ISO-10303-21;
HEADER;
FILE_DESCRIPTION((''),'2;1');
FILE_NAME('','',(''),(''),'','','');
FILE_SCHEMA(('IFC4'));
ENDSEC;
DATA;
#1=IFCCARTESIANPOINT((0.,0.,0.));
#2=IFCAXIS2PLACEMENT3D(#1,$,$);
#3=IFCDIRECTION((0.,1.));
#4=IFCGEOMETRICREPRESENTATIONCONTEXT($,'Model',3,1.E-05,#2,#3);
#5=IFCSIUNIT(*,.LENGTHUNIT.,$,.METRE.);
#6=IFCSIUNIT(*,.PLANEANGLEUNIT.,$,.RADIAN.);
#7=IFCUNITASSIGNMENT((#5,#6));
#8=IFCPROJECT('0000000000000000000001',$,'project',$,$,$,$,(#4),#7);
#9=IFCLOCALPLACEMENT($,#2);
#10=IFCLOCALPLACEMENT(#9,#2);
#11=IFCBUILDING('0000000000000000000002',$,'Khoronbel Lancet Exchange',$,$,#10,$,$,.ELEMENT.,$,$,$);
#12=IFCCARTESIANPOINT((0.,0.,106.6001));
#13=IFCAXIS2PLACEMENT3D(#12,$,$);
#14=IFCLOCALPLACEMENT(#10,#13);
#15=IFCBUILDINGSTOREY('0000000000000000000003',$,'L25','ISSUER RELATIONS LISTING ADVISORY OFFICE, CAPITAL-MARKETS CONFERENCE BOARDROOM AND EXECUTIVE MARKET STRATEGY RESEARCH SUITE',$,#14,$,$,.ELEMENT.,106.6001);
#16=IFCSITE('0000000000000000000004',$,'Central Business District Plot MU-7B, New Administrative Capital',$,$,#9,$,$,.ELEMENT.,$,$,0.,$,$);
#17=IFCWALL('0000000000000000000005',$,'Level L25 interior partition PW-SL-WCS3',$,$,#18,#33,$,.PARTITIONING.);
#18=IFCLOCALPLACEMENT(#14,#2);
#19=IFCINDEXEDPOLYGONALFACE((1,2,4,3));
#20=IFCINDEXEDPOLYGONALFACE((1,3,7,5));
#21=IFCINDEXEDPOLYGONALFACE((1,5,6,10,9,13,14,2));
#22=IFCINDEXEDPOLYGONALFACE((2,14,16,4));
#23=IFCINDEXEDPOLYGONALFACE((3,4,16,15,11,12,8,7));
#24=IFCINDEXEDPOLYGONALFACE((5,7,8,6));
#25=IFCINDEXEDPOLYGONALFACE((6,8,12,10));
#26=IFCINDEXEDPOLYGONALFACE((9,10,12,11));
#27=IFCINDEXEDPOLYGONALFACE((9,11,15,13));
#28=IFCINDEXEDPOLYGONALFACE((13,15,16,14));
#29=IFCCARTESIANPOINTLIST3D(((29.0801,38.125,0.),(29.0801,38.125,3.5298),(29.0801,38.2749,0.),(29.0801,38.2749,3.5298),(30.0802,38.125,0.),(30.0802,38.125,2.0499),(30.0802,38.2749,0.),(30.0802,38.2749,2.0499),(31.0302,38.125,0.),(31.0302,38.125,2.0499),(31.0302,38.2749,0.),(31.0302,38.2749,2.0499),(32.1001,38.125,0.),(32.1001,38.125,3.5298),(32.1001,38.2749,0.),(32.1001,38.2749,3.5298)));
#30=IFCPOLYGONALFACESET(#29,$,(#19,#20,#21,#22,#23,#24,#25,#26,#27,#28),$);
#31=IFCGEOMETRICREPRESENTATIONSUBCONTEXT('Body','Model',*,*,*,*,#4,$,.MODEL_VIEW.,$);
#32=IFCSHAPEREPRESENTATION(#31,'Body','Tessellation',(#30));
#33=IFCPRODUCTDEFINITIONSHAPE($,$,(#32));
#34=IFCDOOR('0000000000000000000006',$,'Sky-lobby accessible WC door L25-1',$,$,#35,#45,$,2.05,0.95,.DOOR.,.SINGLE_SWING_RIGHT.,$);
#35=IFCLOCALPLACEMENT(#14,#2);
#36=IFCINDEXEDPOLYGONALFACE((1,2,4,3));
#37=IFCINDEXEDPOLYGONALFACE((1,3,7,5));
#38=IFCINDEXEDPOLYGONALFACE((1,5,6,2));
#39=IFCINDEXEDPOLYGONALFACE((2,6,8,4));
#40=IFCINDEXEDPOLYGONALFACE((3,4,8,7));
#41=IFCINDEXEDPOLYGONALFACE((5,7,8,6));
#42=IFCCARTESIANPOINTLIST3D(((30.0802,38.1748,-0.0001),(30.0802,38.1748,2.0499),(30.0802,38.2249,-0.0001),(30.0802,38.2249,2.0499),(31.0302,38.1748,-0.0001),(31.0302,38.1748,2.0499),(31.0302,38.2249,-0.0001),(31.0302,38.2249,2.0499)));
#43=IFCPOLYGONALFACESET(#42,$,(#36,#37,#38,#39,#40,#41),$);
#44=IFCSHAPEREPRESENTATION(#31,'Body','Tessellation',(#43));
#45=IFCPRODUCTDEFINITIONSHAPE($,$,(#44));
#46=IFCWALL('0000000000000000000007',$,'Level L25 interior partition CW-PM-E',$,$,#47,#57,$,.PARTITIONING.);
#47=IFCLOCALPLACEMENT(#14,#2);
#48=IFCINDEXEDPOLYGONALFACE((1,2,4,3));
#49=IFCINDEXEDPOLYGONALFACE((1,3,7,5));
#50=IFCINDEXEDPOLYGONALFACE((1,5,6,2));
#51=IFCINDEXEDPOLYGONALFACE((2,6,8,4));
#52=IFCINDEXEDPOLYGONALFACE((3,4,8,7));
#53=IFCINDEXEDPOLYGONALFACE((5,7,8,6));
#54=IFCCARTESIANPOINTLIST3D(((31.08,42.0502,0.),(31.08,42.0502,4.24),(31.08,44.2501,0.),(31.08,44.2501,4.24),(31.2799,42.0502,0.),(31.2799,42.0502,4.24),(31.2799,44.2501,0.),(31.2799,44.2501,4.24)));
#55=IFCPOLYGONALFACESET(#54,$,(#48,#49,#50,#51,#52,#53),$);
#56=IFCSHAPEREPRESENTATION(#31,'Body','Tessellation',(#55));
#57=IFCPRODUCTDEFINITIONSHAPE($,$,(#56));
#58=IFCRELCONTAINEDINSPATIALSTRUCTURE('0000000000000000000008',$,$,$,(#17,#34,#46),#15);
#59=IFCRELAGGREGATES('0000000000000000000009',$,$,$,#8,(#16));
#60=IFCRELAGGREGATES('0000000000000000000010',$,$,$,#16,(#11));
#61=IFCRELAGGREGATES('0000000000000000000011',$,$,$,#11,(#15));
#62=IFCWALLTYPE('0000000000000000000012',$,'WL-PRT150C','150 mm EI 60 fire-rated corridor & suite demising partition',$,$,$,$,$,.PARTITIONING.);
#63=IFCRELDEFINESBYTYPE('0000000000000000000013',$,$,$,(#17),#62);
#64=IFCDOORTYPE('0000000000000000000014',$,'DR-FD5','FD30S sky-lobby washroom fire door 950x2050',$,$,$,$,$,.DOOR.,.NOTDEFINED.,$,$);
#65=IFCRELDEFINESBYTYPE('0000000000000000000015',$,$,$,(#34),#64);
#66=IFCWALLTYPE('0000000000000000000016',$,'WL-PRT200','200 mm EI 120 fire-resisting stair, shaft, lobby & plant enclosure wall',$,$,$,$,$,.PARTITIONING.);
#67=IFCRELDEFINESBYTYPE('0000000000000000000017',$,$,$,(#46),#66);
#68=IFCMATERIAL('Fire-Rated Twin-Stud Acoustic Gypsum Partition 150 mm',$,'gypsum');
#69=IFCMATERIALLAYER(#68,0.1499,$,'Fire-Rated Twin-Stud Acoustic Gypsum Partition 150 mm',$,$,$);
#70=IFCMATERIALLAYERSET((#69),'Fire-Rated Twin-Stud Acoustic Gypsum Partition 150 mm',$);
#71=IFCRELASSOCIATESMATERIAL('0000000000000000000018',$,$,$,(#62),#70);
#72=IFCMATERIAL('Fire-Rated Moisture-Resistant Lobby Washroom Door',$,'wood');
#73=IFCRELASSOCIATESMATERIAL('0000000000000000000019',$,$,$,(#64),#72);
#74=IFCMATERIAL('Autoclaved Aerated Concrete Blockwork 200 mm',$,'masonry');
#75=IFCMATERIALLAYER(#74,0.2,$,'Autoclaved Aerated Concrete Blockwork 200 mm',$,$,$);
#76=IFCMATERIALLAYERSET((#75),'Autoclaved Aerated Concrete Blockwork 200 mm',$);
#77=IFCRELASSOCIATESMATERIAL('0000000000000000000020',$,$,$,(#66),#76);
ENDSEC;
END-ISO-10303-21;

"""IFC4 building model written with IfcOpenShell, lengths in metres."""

from ifc_helpers import new_model, si_unit, direction, frame, frame_2d, origin, place, context, subcontext, project, spatial, rectangle, extrude, material, layer, layer_set, type_object, element, fill, save


model = new_model("IFC4")

# Units and contexts
model_context = context("Model", 3, precision=1e-05, world=origin(), true_north=direction((0.0, 1.0)))
body_context = subcontext(model_context, "Body", "Model", "MODEL_VIEW")
ifc_project = project(units=[si_unit("LENGTHUNIT", "METRE"), si_unit("PLANEANGLEUNIT", "RADIAN")], contexts=[model_context])

# Site, building, storey
site_placement = place(None, origin())
site = spatial("IfcSite", under=ifc_project, at=site_placement, Name="Central Business District Plot MU-7B, New Administrative Capital", CompositionType="ELEMENT", RefElevation=0.0)
building_placement = place(site_placement, origin())
building = spatial("IfcBuilding", under=site, at=building_placement, Name="Khoronbel Lancet Exchange", CompositionType="ELEMENT")
storey_placement = place(building_placement, frame((0.0, 0.0, 106.6001)))
storey = spatial("IfcBuildingStorey", under=building, at=storey_placement, Name="L25", Description="ISSUER RELATIONS LISTING ADVISORY OFFICE, CAPITAL-MARKETS CONFERENCE BOARDROOM AND EXECUTIVE MARKET STRATEGY RESEARCH SUITE", CompositionType="ELEMENT", Elevation=106.6001)

# Wall, opening, door
ifc_material_1 = material(Name="Fire-Rated Twin-Stud Acoustic Gypsum Partition 150 mm", Category="gypsum")
ifc_layer_1 = layer(ifc_material_1, 0.1499, Name="Fire-Rated Twin-Stud Acoustic Gypsum Partition 150 mm")
ifc_layer_set_1 = layer_set([ifc_layer_1], Name="Fire-Rated Twin-Stud Acoustic Gypsum Partition 150 mm")
wall_type_1 = type_object("IfcWallType", Name="WL-PRT150C", Description="150 mm EI 60 fire-rated corridor & suite demising partition", PredefinedType="PARTITIONING", material=ifc_layer_set_1)
wall_1_placement = place(storey_placement, frame((29.0801, 38.2, 0.0), z_axis=(0.0, 0.0, 1.0), x_axis=(1.0, 0.0, 0.0)))
wall_1 = element("IfcWall", 1, at=wall_1_placement, inside=storey, type_object=wall_type_1, Name="Level L25 interior partition PW-SL-WCS3", PredefinedType="PARTITIONING", context=body_context, shape_type="SweptSolid", body=[
    extrude(rectangle(XDim=3.02, YDim=0.1499, at=frame_2d((1.51, 0.0))), origin(), (0.0, 0.0, 1.0), 3.5298),
])
opening_placement = place(wall_1_placement, frame((1.0, 0.0, 0.0)))
opening = element("IfcOpeningElement", 2, at=opening_placement, cuts=wall_1, PredefinedType="OPENING", context=body_context, shape_type="SweptSolid", body=[
    extrude(rectangle(XDim=0.95, YDim=2.05, at=frame_2d((0.4751, 1.0249))), frame((0.0, 0.085, 0.0), z_axis=(0.0, -1.0, 0.0), x_axis=(1.0, 0.0, 0.0)), (0.0, 0.0, 1.0), 0.1699),
])
ifc_material_2 = material(Name="Fire-Rated Moisture-Resistant Lobby Washroom Door", Category="wood")
door_type = type_object("IfcDoorType", Name="DR-FD5", Description="FD30S sky-lobby washroom fire door 950x2050", OperationType="NOTDEFINED", PredefinedType="DOOR", material=ifc_material_2)
door_placement = place(opening_placement, origin())
door = element("IfcDoor", 3, at=door_placement, inside=storey, type_object=door_type, Name="Sky-lobby accessible WC door L25-1", OperationType="SINGLE_SWING_RIGHT", OverallHeight=2.05, OverallWidth=0.95, PredefinedType="DOOR", context=body_context, shape_type="SweptSolid", body=[
    extrude(rectangle(XDim=0.95, YDim=2.05, at=frame_2d((0.4751, 1.0249))), frame((0.0, 0.0249, 0.0), z_axis=(0.0, -1.0, 0.0), x_axis=(1.0, 0.0, 0.0)), (0.0, 0.0, 1.0), 0.05),
])
fill(opening, door)

# Wall
ifc_material_3 = material(Name="Autoclaved Aerated Concrete Blockwork 200 mm", Category="masonry")
ifc_layer_2 = layer(ifc_material_3, 0.2, Name="Autoclaved Aerated Concrete Blockwork 200 mm")
ifc_layer_set_2 = layer_set([ifc_layer_2], Name="Autoclaved Aerated Concrete Blockwork 200 mm")
wall_type_2 = type_object("IfcWallType", Name="WL-PRT200", Description="200 mm EI 120 fire-resisting stair, shaft, lobby & plant enclosure wall", PredefinedType="PARTITIONING", material=ifc_layer_set_2)
wall_2_placement = place(storey_placement, frame((31.1799, 42.05, 0.0), z_axis=(0.0, 0.0, 1.0), x_axis=(0.0, 1.0, 0.0)))
element("IfcWall", 4, at=wall_2_placement, inside=storey, type_object=wall_type_2, Name="Level L25 interior partition CW-PM-E", PredefinedType="PARTITIONING", context=body_context, shape_type="SweptSolid", body=[
    extrude(rectangle(XDim=2.2, YDim=0.2, at=frame_2d((1.1001, 0.0))), origin(), (0.0, 0.0, 1.0), 4.24),
])

save(model, "model.ifc")
